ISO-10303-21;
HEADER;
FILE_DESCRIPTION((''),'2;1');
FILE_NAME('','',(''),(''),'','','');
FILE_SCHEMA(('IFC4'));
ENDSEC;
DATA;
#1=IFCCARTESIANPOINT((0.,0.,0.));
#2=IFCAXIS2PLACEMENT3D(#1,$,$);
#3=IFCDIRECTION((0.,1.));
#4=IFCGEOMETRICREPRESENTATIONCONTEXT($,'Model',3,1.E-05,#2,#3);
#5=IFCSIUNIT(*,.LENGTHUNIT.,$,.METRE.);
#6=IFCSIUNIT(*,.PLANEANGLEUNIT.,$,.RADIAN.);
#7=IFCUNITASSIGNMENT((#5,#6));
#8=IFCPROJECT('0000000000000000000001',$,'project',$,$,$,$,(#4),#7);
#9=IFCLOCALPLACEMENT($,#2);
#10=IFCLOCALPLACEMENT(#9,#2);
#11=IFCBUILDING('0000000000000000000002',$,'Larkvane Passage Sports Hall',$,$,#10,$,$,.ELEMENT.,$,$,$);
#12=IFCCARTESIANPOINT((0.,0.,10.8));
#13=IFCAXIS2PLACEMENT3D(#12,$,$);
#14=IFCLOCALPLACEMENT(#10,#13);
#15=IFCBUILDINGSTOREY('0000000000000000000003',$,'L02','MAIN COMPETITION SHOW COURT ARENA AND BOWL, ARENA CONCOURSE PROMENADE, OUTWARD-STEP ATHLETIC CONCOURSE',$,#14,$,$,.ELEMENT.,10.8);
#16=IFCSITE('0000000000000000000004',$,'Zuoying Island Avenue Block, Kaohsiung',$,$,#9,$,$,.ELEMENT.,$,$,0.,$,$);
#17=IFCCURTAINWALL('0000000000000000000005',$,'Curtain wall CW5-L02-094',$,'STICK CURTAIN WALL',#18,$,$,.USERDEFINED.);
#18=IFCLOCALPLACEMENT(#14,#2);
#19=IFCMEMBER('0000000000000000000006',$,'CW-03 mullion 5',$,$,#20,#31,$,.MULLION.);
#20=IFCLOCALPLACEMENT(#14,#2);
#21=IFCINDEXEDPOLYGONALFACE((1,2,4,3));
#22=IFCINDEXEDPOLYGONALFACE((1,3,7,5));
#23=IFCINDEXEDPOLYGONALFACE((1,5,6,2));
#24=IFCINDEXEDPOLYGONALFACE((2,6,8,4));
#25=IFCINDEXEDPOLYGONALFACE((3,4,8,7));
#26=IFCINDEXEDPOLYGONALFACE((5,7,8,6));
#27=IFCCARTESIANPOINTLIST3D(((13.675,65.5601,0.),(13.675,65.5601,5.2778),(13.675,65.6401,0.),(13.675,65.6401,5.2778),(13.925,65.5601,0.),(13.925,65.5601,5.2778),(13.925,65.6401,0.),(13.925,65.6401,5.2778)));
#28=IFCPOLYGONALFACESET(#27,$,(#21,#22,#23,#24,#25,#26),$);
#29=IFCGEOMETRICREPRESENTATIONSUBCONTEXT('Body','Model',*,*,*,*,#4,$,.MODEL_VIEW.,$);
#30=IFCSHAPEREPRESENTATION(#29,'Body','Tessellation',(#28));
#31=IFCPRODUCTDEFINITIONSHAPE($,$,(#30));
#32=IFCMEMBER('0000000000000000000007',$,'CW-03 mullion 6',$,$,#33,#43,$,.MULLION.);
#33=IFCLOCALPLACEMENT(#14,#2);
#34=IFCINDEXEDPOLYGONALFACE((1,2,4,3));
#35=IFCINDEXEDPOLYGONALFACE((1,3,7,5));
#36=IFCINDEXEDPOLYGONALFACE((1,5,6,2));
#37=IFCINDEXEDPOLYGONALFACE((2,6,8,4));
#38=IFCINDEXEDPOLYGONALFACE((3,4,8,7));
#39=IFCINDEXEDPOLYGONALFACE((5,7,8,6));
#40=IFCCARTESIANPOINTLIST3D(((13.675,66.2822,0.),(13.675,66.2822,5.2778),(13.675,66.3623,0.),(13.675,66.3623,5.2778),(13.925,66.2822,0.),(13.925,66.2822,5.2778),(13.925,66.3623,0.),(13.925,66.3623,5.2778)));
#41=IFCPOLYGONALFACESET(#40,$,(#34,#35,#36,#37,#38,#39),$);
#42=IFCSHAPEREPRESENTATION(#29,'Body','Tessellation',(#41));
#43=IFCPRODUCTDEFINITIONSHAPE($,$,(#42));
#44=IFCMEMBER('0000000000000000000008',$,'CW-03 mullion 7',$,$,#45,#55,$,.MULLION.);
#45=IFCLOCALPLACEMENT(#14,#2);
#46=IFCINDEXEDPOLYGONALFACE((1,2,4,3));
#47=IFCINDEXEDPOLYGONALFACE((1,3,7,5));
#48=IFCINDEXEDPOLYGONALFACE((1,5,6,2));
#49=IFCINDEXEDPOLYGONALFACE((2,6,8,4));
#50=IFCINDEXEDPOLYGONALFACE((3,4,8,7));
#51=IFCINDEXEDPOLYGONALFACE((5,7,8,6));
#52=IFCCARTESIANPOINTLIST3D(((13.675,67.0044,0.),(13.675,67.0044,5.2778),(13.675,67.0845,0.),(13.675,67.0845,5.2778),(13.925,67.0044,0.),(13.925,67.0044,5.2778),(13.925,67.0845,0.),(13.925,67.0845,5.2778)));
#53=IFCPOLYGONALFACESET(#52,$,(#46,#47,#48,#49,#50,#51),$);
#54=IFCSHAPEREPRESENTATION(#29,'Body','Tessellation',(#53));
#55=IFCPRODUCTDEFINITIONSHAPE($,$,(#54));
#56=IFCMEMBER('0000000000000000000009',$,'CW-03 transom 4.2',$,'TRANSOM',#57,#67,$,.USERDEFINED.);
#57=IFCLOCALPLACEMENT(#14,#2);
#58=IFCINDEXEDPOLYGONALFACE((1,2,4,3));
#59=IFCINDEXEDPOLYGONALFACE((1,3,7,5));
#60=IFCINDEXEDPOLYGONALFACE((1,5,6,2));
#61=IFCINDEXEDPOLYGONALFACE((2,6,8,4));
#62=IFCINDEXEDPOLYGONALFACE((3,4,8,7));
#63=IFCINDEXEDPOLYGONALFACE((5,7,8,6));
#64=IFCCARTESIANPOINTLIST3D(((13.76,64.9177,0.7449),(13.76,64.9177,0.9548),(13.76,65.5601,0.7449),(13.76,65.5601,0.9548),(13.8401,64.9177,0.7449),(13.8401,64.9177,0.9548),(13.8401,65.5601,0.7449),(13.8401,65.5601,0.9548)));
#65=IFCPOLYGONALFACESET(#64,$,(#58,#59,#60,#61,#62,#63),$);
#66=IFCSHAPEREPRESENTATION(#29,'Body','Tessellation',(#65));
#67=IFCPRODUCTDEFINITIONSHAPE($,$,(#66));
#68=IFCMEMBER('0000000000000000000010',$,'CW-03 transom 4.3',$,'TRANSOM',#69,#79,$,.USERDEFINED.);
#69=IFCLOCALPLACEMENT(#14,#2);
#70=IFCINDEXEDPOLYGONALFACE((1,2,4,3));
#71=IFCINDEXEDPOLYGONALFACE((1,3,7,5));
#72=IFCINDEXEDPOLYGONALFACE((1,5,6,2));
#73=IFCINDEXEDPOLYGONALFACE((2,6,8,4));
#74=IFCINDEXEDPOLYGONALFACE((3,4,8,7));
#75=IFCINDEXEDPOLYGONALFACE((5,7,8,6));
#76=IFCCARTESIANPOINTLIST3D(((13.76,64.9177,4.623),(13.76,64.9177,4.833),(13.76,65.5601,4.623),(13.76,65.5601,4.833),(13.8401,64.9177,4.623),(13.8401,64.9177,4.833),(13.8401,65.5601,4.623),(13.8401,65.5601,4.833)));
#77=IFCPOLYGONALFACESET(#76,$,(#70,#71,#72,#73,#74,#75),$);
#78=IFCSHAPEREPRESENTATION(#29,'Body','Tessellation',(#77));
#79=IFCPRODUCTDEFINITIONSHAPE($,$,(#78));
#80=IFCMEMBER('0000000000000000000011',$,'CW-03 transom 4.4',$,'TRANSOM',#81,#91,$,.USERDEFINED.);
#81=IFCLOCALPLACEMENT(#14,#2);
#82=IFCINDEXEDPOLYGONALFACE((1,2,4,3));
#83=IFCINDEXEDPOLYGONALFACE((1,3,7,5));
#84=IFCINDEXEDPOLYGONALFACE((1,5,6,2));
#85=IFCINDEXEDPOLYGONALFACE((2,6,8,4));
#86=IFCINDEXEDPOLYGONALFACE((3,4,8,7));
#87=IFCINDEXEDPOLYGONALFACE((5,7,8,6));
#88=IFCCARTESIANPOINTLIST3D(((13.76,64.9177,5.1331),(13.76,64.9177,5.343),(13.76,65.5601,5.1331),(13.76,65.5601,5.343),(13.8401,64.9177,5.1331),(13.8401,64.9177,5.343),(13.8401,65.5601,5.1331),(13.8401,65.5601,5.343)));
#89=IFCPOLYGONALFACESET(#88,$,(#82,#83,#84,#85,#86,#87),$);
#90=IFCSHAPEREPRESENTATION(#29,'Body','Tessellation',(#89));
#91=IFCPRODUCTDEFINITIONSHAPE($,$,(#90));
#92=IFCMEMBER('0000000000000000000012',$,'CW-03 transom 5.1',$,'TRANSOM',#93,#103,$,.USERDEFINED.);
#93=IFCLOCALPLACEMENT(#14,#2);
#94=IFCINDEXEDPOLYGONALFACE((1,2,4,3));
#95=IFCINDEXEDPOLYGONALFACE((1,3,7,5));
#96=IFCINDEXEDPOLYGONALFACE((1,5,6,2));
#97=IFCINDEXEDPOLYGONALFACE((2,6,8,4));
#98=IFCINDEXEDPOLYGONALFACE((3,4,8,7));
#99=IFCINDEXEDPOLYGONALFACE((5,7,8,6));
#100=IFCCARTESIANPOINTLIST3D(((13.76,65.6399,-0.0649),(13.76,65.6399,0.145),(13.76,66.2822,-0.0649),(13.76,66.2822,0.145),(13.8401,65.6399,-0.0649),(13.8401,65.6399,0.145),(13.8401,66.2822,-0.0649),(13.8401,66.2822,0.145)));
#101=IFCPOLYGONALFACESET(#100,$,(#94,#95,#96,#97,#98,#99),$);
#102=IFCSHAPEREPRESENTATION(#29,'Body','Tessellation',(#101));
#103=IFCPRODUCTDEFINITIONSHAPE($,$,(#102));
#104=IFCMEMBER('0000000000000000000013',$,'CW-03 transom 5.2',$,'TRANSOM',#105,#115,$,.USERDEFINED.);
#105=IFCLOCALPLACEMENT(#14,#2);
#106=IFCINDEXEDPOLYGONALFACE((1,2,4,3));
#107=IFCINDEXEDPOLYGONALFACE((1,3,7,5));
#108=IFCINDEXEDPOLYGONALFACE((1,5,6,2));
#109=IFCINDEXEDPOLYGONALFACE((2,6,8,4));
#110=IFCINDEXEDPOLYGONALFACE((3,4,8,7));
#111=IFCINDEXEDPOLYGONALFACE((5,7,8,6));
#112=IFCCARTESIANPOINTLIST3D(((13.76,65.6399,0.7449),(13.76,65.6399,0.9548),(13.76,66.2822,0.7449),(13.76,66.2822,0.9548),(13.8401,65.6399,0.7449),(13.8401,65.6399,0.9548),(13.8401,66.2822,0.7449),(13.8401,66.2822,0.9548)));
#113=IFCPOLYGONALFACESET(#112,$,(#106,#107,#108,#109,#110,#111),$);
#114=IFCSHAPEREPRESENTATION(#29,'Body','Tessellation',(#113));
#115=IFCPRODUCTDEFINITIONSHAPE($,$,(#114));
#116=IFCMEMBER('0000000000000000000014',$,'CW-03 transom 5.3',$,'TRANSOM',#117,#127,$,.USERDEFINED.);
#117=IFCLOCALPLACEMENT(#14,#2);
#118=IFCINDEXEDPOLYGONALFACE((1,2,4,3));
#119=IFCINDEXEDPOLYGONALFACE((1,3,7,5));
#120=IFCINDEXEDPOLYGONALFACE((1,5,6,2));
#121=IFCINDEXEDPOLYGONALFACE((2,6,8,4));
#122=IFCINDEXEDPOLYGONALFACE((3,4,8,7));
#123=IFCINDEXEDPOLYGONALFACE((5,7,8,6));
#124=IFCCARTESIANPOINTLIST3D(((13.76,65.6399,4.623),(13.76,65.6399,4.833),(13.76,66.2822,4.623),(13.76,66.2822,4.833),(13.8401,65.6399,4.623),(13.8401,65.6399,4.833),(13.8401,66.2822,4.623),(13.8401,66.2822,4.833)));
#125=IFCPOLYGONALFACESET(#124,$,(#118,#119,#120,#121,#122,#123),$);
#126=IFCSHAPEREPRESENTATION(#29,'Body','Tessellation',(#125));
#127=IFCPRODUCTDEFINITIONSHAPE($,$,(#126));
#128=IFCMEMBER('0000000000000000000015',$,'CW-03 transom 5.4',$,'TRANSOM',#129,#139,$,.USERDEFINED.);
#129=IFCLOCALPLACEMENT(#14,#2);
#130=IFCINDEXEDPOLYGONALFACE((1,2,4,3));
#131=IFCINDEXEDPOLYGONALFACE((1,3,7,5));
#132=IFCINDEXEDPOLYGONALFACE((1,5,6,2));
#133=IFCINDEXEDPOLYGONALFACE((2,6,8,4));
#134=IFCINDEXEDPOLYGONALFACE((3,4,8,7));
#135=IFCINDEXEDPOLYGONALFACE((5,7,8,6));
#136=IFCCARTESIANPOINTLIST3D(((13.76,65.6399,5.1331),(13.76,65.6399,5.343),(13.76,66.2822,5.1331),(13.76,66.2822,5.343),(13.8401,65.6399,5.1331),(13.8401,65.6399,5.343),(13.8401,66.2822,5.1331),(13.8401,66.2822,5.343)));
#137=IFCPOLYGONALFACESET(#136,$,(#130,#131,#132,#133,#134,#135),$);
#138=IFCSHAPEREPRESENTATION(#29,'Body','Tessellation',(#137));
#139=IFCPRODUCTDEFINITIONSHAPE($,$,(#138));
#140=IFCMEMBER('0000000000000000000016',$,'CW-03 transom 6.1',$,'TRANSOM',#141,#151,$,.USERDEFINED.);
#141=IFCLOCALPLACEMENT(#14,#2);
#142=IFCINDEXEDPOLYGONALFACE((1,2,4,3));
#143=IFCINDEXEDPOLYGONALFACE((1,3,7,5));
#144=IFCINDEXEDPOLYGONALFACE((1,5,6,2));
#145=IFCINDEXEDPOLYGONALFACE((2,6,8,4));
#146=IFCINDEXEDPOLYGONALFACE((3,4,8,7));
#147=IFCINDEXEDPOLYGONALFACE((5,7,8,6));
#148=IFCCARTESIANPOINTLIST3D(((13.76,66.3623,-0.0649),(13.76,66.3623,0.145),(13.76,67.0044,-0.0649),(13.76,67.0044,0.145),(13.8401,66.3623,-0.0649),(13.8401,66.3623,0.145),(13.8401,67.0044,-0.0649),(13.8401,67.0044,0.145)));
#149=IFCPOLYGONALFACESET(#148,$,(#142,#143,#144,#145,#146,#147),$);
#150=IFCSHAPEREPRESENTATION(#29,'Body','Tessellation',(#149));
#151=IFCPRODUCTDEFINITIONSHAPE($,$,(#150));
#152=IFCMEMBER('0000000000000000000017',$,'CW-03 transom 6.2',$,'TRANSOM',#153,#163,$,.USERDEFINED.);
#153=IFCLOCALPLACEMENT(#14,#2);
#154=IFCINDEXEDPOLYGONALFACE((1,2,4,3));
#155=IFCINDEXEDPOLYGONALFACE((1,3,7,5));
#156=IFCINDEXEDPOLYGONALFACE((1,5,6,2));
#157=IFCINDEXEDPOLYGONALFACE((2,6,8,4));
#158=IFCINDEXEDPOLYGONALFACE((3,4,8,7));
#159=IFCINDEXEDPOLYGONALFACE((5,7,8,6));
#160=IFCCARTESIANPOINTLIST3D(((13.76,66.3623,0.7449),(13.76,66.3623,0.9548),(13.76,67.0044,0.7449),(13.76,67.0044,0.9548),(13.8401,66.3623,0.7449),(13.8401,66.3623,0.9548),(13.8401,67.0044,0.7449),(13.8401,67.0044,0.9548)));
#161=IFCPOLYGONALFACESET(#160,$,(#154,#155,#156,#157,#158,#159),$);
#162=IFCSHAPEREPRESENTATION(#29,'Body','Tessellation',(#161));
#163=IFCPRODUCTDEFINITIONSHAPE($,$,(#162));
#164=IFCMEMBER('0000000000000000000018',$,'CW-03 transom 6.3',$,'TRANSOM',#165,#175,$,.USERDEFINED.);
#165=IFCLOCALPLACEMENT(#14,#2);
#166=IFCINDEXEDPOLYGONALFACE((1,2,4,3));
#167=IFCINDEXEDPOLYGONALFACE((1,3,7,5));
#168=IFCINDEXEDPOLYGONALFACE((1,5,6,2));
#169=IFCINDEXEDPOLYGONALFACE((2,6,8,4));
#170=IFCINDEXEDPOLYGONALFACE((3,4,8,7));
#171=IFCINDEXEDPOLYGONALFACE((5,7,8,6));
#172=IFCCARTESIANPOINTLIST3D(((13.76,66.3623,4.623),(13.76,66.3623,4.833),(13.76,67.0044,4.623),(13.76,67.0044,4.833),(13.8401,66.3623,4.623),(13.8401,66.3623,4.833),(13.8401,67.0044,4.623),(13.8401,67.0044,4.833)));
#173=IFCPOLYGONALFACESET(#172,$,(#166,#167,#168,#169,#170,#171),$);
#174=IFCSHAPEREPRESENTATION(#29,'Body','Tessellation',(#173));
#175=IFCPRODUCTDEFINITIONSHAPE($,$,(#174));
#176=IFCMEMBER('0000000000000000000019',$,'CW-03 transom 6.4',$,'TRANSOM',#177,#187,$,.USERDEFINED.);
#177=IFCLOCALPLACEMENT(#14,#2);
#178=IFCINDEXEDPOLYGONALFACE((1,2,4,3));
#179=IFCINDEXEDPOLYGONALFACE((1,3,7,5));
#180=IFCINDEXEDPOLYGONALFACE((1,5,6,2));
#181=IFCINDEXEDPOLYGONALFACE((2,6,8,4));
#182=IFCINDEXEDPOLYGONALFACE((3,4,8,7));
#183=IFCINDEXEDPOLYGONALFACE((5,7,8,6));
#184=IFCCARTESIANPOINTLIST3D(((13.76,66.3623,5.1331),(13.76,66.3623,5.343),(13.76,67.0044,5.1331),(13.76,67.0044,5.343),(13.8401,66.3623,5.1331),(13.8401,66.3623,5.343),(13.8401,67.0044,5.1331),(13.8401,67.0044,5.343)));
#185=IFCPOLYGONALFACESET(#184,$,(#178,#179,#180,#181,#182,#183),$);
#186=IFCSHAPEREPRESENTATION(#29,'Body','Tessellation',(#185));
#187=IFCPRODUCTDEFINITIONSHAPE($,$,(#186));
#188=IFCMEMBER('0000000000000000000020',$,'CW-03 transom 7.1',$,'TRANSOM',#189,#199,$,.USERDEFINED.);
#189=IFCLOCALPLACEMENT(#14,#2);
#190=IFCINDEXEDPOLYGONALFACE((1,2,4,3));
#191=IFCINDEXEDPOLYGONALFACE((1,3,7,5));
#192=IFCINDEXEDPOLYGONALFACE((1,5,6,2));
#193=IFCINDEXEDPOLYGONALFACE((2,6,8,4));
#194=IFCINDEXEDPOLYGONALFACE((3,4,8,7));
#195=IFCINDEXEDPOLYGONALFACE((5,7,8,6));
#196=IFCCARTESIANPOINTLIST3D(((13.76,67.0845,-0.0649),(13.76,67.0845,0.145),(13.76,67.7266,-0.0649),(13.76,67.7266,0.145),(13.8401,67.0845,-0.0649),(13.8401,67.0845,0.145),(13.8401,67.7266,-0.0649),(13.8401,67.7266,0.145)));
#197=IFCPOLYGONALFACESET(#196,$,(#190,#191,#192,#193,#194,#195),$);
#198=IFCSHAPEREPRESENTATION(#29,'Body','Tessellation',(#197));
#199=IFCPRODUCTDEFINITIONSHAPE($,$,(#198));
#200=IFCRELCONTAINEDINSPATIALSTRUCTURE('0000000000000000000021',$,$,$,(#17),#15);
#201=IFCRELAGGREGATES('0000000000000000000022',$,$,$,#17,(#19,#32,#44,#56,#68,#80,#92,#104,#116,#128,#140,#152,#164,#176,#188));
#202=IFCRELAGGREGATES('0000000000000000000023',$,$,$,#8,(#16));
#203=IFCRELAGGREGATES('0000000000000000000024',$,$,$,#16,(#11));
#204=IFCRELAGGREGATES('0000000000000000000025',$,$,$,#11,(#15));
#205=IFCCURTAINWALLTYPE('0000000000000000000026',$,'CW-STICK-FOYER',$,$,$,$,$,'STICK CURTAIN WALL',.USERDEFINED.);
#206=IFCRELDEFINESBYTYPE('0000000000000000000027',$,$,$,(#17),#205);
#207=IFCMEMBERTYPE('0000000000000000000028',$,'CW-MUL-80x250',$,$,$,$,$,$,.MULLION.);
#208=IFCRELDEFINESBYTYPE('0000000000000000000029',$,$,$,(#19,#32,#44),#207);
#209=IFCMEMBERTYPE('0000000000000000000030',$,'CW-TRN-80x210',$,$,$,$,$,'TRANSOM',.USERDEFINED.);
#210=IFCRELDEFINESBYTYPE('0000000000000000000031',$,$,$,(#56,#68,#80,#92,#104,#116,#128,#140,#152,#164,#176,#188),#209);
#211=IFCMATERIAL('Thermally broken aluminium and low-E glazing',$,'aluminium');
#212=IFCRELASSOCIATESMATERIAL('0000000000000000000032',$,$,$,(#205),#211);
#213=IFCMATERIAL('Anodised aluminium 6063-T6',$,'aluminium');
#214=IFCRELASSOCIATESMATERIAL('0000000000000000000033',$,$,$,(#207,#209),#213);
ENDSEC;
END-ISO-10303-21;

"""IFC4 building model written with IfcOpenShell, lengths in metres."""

from ifc_helpers import new_model, si_unit, direction, frame, origin, origin_2d, place, context, subcontext, project, spatial, rectangle, extrude, material, material_profile, profile_set, type_object, element, aggregate, save


model = new_model("IFC4")

# Units and contexts
model_context = context("Model", 3, precision=1e-05, world=origin(), true_north=direction((0.0, 1.0)))
body_context = subcontext(model_context, "Body", "Model", "MODEL_VIEW")
ifc_project = project(units=[si_unit("LENGTHUNIT", "METRE"), si_unit("PLANEANGLEUNIT", "RADIAN")], contexts=[model_context])

# Site, building, storey
site_placement = place(None, origin())
site = spatial("IfcSite", under=ifc_project, at=site_placement, Name="Zuoying Island Avenue Block, Kaohsiung", CompositionType="ELEMENT", RefElevation=0.0)
building_placement = place(site_placement, origin())
building = spatial("IfcBuilding", under=site, at=building_placement, Name="Larkvane Passage Sports Hall", CompositionType="ELEMENT")
storey_placement = place(building_placement, frame((0.0, 0.0, 10.8)))
storey = spatial("IfcBuildingStorey", under=building, at=storey_placement, Name="L02", Description="MAIN COMPETITION SHOW COURT ARENA AND BOWL, ARENA CONCOURSE PROMENADE, OUTWARD-STEP ATHLETIC CONCOURSE", CompositionType="ELEMENT", Elevation=10.8)

# Curtain wall, members
ifc_material_1 = material(Name="Thermally broken aluminium and low-E glazing", Category="aluminium")
curtain_wall_type = type_object("IfcCurtainWallType", Name="CW-STICK-FOYER", ElementType="STICK CURTAIN WALL", PredefinedType="USERDEFINED", material=ifc_material_1)
curtain_wall_placement = place(storey_placement, origin())
curtain_wall = element("IfcCurtainWall", 1, at=curtain_wall_placement, inside=storey, type_object=curtain_wall_type, Name="Curtain wall CW5-L02-094", ObjectType="STICK CURTAIN WALL", PredefinedType="USERDEFINED")
ifc_material_2 = material(Name="Anodised aluminium 6063-T6", Category="aluminium")
ifc_material_profile_1 = material_profile(ifc_material_2, rectangle(XDim=0.0801, YDim=0.25, at=origin_2d()), Name="ALU-MUL-80x250")
ifc_profile_set_1 = profile_set([ifc_material_profile_1], Name="Anodised aluminium 6063-T6")
member_type_1 = type_object("IfcMemberType", Name="CW-MUL-80x250", PredefinedType="MULLION", material=ifc_profile_set_1)
member_1_placement = place(storey_placement, frame((13.8, 65.6001, 0.0), z_axis=(0.0, 0.0, 1.0), x_axis=(0.0, 1.0, 0.0)))
member_1 = element("IfcMember", 2, at=member_1_placement, type_object=member_type_1, Name="CW-03 mullion 5", PredefinedType="MULLION", context=body_context, shape_type="SweptSolid", body=[
    extrude(rectangle(XDim=0.0801, YDim=0.25, at=origin_2d()), origin(), (0.0, 0.0, 1.0), 5.2778),
])
member_2_placement = place(storey_placement, frame((13.8, 66.3223, 0.0), z_axis=(0.0, 0.0, 1.0), x_axis=(0.0, 1.0, 0.0)))
member_2 = element("IfcMember", 3, at=member_2_placement, type_object=member_type_1, Name="CW-03 mullion 6", PredefinedType="MULLION", context=body_context, shape_type="SweptSolid", body=[
    extrude(rectangle(XDim=0.0801, YDim=0.25, at=origin_2d()), origin(), (0.0, 0.0, 1.0), 5.2778),
])
member_3_placement = place(storey_placement, frame((13.8, 67.0444, 0.0), z_axis=(0.0, 0.0, 1.0), x_axis=(0.0, 1.0, 0.0)))
member_3 = element("IfcMember", 4, at=member_3_placement, type_object=member_type_1, Name="CW-03 mullion 7", PredefinedType="MULLION", context=body_context, shape_type="SweptSolid", body=[
    extrude(rectangle(XDim=0.0801, YDim=0.25, at=origin_2d()), origin(), (0.0, 0.0, 1.0), 5.2778),
])
ifc_material_profile_2 = material_profile(ifc_material_2, rectangle(XDim=0.0801, YDim=0.21, at=origin_2d()), Name="ALU-TRN-80x210")
ifc_profile_set_2 = profile_set([ifc_material_profile_2], Name="Anodised aluminium 6063-T6")
member_type_2 = type_object("IfcMemberType", Name="CW-TRN-80x210", ElementType="TRANSOM", PredefinedType="USERDEFINED", material=ifc_profile_set_2)
member_4_placement = place(storey_placement, frame((13.8, 64.9177, 0.8499), z_axis=(0.0, 1.0, 0.0), x_axis=(-1.0, 0.0, 0.0)))
member_4 = element("IfcMember", 5, at=member_4_placement, type_object=member_type_2, Name="CW-03 transom 4.2", ObjectType="TRANSOM", PredefinedType="USERDEFINED", context=body_context, shape_type="SweptSolid", body=[
    extrude(rectangle(XDim=0.0801, YDim=0.21, at=origin_2d()), origin(), (0.0, 0.0, 1.0), 0.6423),
])
member_5_placement = place(storey_placement, frame((13.8, 64.9177, 4.728), z_axis=(0.0, 1.0, 0.0), x_axis=(-1.0, 0.0, 0.0)))
member_5 = element("IfcMember", 6, at=member_5_placement, type_object=member_type_2, Name="CW-03 transom 4.3", ObjectType="TRANSOM", PredefinedType="USERDEFINED", context=body_context, shape_type="SweptSolid", body=[
    extrude(rectangle(XDim=0.0801, YDim=0.21, at=origin_2d()), origin(), (0.0, 0.0, 1.0), 0.6423),
])
member_6_placement = place(storey_placement, frame((13.8, 64.9177, 5.238), z_axis=(0.0, 1.0, 0.0), x_axis=(-1.0, 0.0, 0.0)))
member_6 = element("IfcMember", 7, at=member_6_placement, type_object=member_type_2, Name="CW-03 transom 4.4", ObjectType="TRANSOM", PredefinedType="USERDEFINED", context=body_context, shape_type="SweptSolid", body=[
    extrude(rectangle(XDim=0.0801, YDim=0.21, at=origin_2d()), origin(), (0.0, 0.0, 1.0), 0.6423),
])
member_7_placement = place(storey_placement, frame((13.8, 65.6399, 0.04), z_axis=(0.0, 1.0, 0.0), x_axis=(-1.0, 0.0, 0.0)))
member_7 = element("IfcMember", 8, at=member_7_placement, type_object=member_type_2, Name="CW-03 transom 5.1", ObjectType="TRANSOM", PredefinedType="USERDEFINED", context=body_context, shape_type="SweptSolid", body=[
    extrude(rectangle(XDim=0.0801, YDim=0.21, at=origin_2d()), origin(), (0.0, 0.0, 1.0), 0.6423),
])
member_8_placement = place(storey_placement, frame((13.8, 65.6399, 0.8499), z_axis=(0.0, 1.0, 0.0), x_axis=(-1.0, 0.0, 0.0)))
member_8 = element("IfcMember", 9, at=member_8_placement, type_object=member_type_2, Name="CW-03 transom 5.2", ObjectType="TRANSOM", PredefinedType="USERDEFINED", context=body_context, shape_type="SweptSolid", body=[
    extrude(rectangle(XDim=0.0801, YDim=0.21, at=origin_2d()), origin(), (0.0, 0.0, 1.0), 0.6423),
])
member_9_placement = place(storey_placement, frame((13.8, 65.6399, 4.728), z_axis=(0.0, 1.0, 0.0), x_axis=(-1.0, 0.0, 0.0)))
member_9 = element("IfcMember", 10, at=member_9_placement, type_object=member_type_2, Name="CW-03 transom 5.3", ObjectType="TRANSOM", PredefinedType="USERDEFINED", context=body_context, shape_type="SweptSolid", body=[
    extrude(rectangle(XDim=0.0801, YDim=0.21, at=origin_2d()), origin(), (0.0, 0.0, 1.0), 0.6423),
])
member_10_placement = place(storey_placement, frame((13.8, 65.6399, 5.238), z_axis=(0.0, 1.0, 0.0), x_axis=(-1.0, 0.0, 0.0)))
member_10 = element("IfcMember", 11, at=member_10_placement, type_object=member_type_2, Name="CW-03 transom 5.4", ObjectType="TRANSOM", PredefinedType="USERDEFINED", context=body_context, shape_type="SweptSolid", body=[
    extrude(rectangle(XDim=0.0801, YDim=0.21, at=origin_2d()), origin(), (0.0, 0.0, 1.0), 0.6423),
])
member_11_placement = place(storey_placement, frame((13.8, 66.3623, 0.04), z_axis=(0.0, 1.0, 0.0), x_axis=(-1.0, 0.0, 0.0)))
member_11 = element("IfcMember", 12, at=member_11_placement, type_object=member_type_2, Name="CW-03 transom 6.1", ObjectType="TRANSOM", PredefinedType="USERDEFINED", context=body_context, shape_type="SweptSolid", body=[
    extrude(rectangle(XDim=0.0801, YDim=0.21, at=origin_2d()), origin(), (0.0, 0.0, 1.0), 0.6421),
])
member_12_placement = place(storey_placement, frame((13.8, 66.3623, 0.8499), z_axis=(0.0, 1.0, 0.0), x_axis=(-1.0, 0.0, 0.0)))
member_12 = element("IfcMember", 13, at=member_12_placement, type_object=member_type_2, Name="CW-03 transom 6.2", ObjectType="TRANSOM", PredefinedType="USERDEFINED", context=body_context, shape_type="SweptSolid", body=[
    extrude(rectangle(XDim=0.0801, YDim=0.21, at=origin_2d()), origin(), (0.0, 0.0, 1.0), 0.6421),
])
member_13_placement = place(storey_placement, frame((13.8, 66.3623, 4.728), z_axis=(0.0, 1.0, 0.0), x_axis=(-1.0, 0.0, 0.0)))
member_13 = element("IfcMember", 14, at=member_13_placement, type_object=member_type_2, Name="CW-03 transom 6.3", ObjectType="TRANSOM", PredefinedType="USERDEFINED", context=body_context, shape_type="SweptSolid", body=[
    extrude(rectangle(XDim=0.0801, YDim=0.21, at=origin_2d()), origin(), (0.0, 0.0, 1.0), 0.6421),
])
member_14_placement = place(storey_placement, frame((13.8, 66.3623, 5.238), z_axis=(0.0, 1.0, 0.0), x_axis=(-1.0, 0.0, 0.0)))
member_14 = element("IfcMember", 15, at=member_14_placement, type_object=member_type_2, Name="CW-03 transom 6.4", ObjectType="TRANSOM", PredefinedType="USERDEFINED", context=body_context, shape_type="SweptSolid", body=[
    extrude(rectangle(XDim=0.0801, YDim=0.21, at=origin_2d()), origin(), (0.0, 0.0, 1.0), 0.6421),
])
member_15_placement = place(storey_placement, frame((13.8, 67.0845, 0.04), z_axis=(0.0, 1.0, 0.0), x_axis=(-1.0, 0.0, 0.0)))
member_15 = element("IfcMember", 16, at=member_15_placement, type_object=member_type_2, Name="CW-03 transom 7.1", ObjectType="TRANSOM", PredefinedType="USERDEFINED", context=body_context, shape_type="SweptSolid", body=[
    extrude(rectangle(XDim=0.0801, YDim=0.21, at=origin_2d()), origin(), (0.0, 0.0, 1.0), 0.6421),
])
aggregate(curtain_wall, [member_1, member_2, member_3, member_4, member_5, member_6, member_7, member_8, member_9, member_10, member_11, member_12, member_13, member_14, member_15])

save(model, "model.ifc")
